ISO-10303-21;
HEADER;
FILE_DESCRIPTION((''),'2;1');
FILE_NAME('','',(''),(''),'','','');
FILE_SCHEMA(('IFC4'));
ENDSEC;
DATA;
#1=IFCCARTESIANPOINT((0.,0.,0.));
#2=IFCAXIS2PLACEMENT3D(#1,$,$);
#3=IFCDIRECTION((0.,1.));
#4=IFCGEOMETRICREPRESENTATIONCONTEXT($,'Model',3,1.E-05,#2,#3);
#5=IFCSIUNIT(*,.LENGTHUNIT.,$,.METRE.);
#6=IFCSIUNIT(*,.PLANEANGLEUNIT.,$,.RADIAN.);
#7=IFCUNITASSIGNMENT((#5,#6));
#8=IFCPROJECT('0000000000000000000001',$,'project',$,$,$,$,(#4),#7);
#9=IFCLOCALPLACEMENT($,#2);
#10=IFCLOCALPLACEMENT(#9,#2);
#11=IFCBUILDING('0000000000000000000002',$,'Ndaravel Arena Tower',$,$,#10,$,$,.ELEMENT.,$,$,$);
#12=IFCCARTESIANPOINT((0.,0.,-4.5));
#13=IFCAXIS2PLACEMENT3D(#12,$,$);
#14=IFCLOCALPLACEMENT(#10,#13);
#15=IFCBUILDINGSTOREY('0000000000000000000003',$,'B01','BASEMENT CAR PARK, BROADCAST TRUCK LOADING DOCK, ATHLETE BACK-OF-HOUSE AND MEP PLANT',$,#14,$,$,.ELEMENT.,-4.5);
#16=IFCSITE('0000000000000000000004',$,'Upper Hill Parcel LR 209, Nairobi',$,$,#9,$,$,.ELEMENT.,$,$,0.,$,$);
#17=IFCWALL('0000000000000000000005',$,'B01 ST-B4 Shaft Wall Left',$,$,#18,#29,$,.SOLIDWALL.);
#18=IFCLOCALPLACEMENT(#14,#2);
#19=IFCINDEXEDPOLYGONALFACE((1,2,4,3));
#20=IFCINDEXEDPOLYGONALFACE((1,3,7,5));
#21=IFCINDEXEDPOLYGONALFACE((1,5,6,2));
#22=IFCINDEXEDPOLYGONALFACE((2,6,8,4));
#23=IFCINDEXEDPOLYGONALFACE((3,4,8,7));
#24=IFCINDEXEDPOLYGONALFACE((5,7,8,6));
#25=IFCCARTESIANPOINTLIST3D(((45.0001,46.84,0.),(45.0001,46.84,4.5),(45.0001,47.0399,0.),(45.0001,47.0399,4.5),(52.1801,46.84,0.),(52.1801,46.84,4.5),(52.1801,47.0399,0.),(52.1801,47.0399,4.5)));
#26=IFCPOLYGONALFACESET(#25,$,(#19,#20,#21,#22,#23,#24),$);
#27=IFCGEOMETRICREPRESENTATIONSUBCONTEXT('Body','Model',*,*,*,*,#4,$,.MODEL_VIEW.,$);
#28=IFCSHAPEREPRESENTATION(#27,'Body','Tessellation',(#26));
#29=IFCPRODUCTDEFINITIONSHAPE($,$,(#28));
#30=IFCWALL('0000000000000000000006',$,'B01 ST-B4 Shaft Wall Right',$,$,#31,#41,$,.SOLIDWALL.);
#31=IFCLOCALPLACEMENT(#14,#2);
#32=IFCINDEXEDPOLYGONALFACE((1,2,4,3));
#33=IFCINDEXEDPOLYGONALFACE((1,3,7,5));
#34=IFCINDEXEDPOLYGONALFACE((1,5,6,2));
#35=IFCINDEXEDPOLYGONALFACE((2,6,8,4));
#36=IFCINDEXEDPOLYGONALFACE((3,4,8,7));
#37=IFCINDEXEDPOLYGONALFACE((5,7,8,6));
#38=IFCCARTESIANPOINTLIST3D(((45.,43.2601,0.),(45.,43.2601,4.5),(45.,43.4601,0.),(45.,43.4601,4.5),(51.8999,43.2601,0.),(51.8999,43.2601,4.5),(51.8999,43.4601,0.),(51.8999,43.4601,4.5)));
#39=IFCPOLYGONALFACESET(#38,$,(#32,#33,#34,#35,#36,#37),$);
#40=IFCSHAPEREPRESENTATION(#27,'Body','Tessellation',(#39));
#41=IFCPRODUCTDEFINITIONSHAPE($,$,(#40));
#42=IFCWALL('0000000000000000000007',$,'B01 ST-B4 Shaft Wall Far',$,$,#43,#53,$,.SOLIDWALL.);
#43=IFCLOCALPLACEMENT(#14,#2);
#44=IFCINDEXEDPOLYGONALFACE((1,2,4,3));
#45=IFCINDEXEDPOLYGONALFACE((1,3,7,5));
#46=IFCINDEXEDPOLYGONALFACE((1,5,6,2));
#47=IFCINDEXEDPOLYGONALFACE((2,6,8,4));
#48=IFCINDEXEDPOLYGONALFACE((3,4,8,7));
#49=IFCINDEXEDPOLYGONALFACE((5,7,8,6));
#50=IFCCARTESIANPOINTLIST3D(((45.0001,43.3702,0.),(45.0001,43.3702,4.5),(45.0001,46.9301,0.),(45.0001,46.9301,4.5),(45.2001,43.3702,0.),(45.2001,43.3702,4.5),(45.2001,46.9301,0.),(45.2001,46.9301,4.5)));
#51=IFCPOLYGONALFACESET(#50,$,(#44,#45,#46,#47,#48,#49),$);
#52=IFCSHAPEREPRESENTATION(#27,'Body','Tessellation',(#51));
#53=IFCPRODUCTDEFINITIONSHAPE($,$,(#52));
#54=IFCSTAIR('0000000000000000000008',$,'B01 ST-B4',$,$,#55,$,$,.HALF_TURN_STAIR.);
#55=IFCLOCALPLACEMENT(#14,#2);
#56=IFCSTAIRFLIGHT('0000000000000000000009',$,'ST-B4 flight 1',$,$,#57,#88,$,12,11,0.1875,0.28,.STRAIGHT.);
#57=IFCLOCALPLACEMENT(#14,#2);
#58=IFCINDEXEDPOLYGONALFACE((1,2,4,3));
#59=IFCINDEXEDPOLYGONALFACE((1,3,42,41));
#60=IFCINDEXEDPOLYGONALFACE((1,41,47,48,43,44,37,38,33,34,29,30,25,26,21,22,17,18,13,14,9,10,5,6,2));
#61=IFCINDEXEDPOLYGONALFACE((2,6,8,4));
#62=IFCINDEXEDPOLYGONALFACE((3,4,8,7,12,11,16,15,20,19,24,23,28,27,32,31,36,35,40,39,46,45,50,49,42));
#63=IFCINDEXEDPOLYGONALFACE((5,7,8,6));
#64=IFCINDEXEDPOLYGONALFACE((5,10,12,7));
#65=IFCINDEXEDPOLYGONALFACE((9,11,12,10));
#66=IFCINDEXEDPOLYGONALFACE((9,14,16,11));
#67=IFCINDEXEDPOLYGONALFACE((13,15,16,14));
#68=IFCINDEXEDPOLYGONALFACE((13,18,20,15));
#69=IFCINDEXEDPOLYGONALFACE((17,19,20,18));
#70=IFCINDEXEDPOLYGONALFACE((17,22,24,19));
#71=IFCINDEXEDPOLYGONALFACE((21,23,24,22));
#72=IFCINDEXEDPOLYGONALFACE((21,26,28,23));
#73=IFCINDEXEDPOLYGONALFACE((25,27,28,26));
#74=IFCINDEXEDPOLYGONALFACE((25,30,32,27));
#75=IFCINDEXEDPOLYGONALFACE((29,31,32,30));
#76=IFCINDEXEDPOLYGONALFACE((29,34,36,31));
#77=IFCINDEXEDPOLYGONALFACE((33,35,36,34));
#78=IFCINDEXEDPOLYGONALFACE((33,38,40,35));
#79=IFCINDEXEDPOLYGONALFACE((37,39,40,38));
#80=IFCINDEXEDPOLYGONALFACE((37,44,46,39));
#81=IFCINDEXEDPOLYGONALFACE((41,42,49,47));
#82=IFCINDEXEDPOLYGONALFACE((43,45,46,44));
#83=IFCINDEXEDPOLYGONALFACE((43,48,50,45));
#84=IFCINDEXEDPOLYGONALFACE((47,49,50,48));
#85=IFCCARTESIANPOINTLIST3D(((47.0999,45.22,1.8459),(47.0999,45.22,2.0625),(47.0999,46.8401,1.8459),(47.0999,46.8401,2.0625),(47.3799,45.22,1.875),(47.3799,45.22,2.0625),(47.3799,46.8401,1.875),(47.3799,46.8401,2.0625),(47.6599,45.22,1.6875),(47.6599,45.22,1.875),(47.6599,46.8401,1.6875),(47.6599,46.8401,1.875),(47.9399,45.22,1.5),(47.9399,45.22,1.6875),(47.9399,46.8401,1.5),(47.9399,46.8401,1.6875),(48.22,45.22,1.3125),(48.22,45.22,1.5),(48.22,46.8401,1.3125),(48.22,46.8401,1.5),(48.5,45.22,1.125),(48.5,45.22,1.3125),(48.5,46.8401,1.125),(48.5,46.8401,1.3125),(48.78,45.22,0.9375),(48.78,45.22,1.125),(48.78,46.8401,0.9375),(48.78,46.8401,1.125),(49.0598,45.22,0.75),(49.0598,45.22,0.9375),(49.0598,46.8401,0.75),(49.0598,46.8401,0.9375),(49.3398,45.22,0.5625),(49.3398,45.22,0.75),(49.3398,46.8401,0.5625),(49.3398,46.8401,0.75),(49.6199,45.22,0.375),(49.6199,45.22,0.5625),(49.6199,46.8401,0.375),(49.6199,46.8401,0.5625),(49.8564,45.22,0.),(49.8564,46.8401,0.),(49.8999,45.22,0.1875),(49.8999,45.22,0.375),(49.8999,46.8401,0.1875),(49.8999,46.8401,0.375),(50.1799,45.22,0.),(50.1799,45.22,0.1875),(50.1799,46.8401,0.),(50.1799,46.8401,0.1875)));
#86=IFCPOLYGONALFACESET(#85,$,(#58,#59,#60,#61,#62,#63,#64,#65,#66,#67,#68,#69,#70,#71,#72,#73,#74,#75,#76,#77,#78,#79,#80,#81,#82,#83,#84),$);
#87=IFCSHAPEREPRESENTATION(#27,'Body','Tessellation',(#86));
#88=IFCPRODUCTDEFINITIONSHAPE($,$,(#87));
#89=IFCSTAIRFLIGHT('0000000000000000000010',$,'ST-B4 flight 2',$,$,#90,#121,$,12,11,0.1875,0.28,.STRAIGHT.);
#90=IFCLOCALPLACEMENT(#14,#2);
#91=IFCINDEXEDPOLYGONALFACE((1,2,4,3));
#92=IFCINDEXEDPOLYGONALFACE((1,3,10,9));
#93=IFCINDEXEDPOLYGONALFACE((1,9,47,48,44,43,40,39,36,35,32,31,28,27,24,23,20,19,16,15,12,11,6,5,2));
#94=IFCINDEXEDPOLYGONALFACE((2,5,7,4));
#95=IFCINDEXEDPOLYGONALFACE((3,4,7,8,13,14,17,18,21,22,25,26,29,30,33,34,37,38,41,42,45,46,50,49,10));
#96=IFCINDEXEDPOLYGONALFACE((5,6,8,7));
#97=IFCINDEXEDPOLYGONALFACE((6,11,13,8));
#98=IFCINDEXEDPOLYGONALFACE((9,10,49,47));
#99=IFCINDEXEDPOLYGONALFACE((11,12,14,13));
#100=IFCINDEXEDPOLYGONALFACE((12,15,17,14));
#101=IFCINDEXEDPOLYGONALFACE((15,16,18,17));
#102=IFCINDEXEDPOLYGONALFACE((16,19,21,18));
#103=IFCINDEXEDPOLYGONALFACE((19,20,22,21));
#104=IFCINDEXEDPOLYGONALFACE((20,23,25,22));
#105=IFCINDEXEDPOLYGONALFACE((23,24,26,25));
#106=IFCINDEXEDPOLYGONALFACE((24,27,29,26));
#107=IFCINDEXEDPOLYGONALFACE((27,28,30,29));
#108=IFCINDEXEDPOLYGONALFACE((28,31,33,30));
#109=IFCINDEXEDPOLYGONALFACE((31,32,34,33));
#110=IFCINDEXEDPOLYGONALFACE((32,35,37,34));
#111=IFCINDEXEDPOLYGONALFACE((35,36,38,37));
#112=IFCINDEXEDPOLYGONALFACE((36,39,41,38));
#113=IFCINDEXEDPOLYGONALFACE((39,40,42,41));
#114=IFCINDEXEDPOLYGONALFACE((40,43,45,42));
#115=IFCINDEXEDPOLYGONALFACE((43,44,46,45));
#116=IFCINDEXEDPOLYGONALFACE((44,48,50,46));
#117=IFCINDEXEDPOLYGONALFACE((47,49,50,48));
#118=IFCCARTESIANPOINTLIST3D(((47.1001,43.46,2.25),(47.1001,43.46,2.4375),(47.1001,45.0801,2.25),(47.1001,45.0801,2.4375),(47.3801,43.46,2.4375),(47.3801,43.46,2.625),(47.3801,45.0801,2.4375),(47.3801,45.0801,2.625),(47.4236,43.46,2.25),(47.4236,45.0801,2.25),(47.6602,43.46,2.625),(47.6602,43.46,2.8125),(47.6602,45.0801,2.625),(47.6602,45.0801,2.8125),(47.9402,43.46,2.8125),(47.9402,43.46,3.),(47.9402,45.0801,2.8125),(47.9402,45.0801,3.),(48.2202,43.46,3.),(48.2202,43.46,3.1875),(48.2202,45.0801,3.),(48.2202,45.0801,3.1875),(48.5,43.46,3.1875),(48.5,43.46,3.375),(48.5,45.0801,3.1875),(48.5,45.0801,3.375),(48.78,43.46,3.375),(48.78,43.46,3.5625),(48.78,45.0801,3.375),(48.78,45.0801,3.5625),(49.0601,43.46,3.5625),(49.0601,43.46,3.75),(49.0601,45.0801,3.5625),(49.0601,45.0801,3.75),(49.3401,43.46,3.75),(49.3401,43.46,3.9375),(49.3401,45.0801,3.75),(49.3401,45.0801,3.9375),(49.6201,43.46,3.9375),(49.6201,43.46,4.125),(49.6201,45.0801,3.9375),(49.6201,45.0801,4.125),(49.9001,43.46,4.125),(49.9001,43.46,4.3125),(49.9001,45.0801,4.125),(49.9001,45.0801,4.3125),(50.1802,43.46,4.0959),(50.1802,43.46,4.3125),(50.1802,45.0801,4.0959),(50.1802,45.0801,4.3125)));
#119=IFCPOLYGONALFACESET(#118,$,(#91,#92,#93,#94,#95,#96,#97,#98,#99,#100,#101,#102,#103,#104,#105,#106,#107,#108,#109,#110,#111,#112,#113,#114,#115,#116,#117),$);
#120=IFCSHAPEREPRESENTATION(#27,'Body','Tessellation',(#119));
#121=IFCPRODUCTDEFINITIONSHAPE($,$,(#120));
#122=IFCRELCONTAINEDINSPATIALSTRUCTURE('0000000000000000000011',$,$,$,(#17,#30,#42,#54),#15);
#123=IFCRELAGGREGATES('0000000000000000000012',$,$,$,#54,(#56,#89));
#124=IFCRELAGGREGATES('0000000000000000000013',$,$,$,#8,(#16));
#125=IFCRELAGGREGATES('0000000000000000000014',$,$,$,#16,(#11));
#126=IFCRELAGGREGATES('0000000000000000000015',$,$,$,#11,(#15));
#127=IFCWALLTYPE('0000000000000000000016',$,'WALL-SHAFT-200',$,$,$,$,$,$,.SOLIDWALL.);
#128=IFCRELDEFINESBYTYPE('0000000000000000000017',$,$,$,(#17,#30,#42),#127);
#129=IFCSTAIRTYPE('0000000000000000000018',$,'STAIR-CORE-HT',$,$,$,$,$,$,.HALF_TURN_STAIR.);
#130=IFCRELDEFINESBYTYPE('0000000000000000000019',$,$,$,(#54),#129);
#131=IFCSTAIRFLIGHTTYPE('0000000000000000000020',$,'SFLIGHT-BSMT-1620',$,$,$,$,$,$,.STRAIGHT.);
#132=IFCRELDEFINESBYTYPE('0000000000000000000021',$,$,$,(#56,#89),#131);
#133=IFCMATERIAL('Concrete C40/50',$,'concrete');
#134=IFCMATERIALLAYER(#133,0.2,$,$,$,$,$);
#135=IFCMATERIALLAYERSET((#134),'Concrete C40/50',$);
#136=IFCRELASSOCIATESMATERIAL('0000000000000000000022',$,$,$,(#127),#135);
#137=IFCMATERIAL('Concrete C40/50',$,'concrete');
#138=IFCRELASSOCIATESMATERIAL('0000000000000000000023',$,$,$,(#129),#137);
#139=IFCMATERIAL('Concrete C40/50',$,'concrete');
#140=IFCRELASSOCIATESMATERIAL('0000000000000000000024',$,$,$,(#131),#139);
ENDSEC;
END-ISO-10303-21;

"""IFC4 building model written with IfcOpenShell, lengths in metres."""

from ifc_helpers import new_model, si_unit, direction, frame, frame_2d, origin, place, context, subcontext, project, spatial, polyline, rectangle, outline, extrude, material, layer, layer_set, type_object, element, aggregate, save


model = new_model("IFC4")

# Units and contexts
model_context = context("Model", 3, precision=1e-05, world=origin(), true_north=direction((0.0, 1.0)))
body_context = subcontext(model_context, "Body", "Model", "MODEL_VIEW")
ifc_project = project(units=[si_unit("LENGTHUNIT", "METRE"), si_unit("PLANEANGLEUNIT", "RADIAN")], contexts=[model_context])

# Site, building, storey
site_placement = place(None, origin())
site = spatial("IfcSite", under=ifc_project, at=site_placement, Name="Upper Hill Parcel LR 209, Nairobi", CompositionType="ELEMENT", RefElevation=0.0)
building_placement = place(site_placement, origin())
building = spatial("IfcBuilding", under=site, at=building_placement, Name="Ndaravel Arena Tower", CompositionType="ELEMENT")
storey_placement = place(building_placement, frame((0.0, 0.0, -4.5)))
storey = spatial("IfcBuildingStorey", under=building, at=storey_placement, Name="B01", Description="BASEMENT CAR PARK, BROADCAST TRUCK LOADING DOCK, ATHLETE BACK-OF-HOUSE AND MEP PLANT", CompositionType="ELEMENT", Elevation=-4.5)

# Walls
ifc_material_1 = material(Name="Concrete C40/50", Category="concrete")
ifc_layer_1 = layer(ifc_material_1, 0.2)
ifc_layer_set_1 = layer_set([ifc_layer_1], Name="Concrete C40/50")
wall_type_1 = type_object("IfcWallType", Name="WALL-SHAFT-200", PredefinedType="SOLIDWALL", material=ifc_layer_set_1)
wall_1_placement = place(storey_placement, frame((52.1799, 46.9399, 0.0), z_axis=(0.0, 0.0, 1.0), x_axis=(-1.0, 0.0, 0.0)))
element("IfcWall", 1, at=wall_1_placement, inside=storey, type_object=wall_type_1, Name="B01 ST-B4 Shaft Wall Left", PredefinedType="SOLIDWALL", context=body_context, shape_type="SweptSolid", body=[
    extrude(rectangle(XDim=7.1799, YDim=0.2, at=frame_2d((3.5898, 0.0))), origin(), (0.0, 0.0, 1.0), 4.5),
])
wall_2_placement = place(storey_placement, frame((51.8999, 43.3601, 0.0), z_axis=(0.0, 0.0, 1.0), x_axis=(-1.0, 0.0, 0.0)))
element("IfcWall", 2, at=wall_2_placement, inside=storey, type_object=wall_type_1, Name="B01 ST-B4 Shaft Wall Right", PredefinedType="SOLIDWALL", context=body_context, shape_type="SweptSolid", body=[
    extrude(rectangle(XDim=6.8999, YDim=0.2, at=frame_2d((3.45, 0.0))), origin(), (0.0, 0.0, 1.0), 4.5),
])
wall_3_placement = place(storey_placement, frame((45.1001, 46.9299, 0.0), z_axis=(0.0, 0.0, 1.0), x_axis=(0.0, -1.0, 0.0)))
element("IfcWall", 3, at=wall_3_placement, inside=storey, type_object=wall_type_1, Name="B01 ST-B4 Shaft Wall Far", PredefinedType="SOLIDWALL", context=body_context, shape_type="SweptSolid", body=[
    extrude(rectangle(XDim=3.5598, YDim=0.2, at=frame_2d((1.7798, 0.0))), origin(), (0.0, 0.0, 1.0), 4.5),
])

# Stair, stair flights
ifc_material_2 = material(Name="Concrete C40/50", Category="concrete")
stair_type = type_object("IfcStairType", Name="STAIR-CORE-HT", PredefinedType="HALF_TURN_STAIR", material=ifc_material_2)
stair_placement = place(storey_placement, origin())
stair = element("IfcStair", 4, at=stair_placement, inside=storey, type_object=stair_type, Name="B01 ST-B4", PredefinedType="HALF_TURN_STAIR")
ifc_material_3 = material(Name="Concrete C40/50", Category="concrete")
stair_flight_type = type_object("IfcStairFlightType", Name="SFLIGHT-BSMT-1620", PredefinedType="STRAIGHT", material=ifc_material_3)
stair_flight_1_placement = place(storey_placement, frame((50.1799, 46.03, 0.0), z_axis=(0.0, 0.0, 1.0), x_axis=(-1.0, 0.0, 0.0)))
stair_flight_1 = element("IfcStairFlight", 5, at=stair_flight_1_placement, type_object=stair_flight_type, Name="ST-B4 flight 1", NumberOfRisers=12, NumberOfTreads=11, PredefinedType="STRAIGHT", RiserHeight=0.1875, TreadLength=0.28, context=body_context, shape_type="SweptSolid", body=[
    extrude(outline(polyline([(0.0, 0.0), (0.0, 0.1875), (0.28, 0.1875), (0.28, 0.375), (0.5601, 0.375), (0.5601, 0.5625), (0.8401, 0.5625), (0.8401, 0.75), (1.1201, 0.75), (1.1201, 0.9375), (1.3999, 0.9375), (1.3999, 1.125), (1.6799, 1.125), (1.6799, 1.3125), (1.96, 1.3125), (1.96, 1.5), (2.24, 1.5), (2.24, 1.6875), (2.52, 1.6875), (2.52, 1.875), (2.8, 1.875), (2.8, 2.0625), (3.0801, 2.0625), (3.0801, 2.25), (3.0801, 1.8459), (0.3235, 0.0), (0.0, 0.0)])), frame((0.0, 0.8101, 0.0), z_axis=(0.0, -1.0, 0.0), x_axis=(1.0, 0.0, 0.0)), (0.0, 0.0, 1.0), 1.6201),
])
stair_flight_2_placement = place(storey_placement, frame((47.1001, 44.27, 2.25), z_axis=(0.0, 0.0, 1.0), x_axis=(1.0, 0.0, 0.0)))
stair_flight_2 = element("IfcStairFlight", 6, at=stair_flight_2_placement, type_object=stair_flight_type, Name="ST-B4 flight 2", NumberOfRisers=12, NumberOfTreads=11, PredefinedType="STRAIGHT", RiserHeight=0.1875, TreadLength=0.28, context=body_context, shape_type="SweptSolid", body=[
    extrude(outline(polyline([(0.0, 0.0), (0.0, 0.1875), (0.28, 0.1875), (0.28, 0.375), (0.5601, 0.375), (0.5601, 0.5625), (0.8401, 0.5625), (0.8401, 0.75), (1.1201, 0.75), (1.1201, 0.9375), (1.3999, 0.9375), (1.3999, 1.125), (1.6799, 1.125), (1.6799, 1.3125), (1.96, 1.3125), (1.96, 1.5), (2.24, 1.5), (2.24, 1.6875), (2.52, 1.6875), (2.52, 1.875), (2.8, 1.875), (2.8, 2.0625), (3.0801, 2.0625), (3.0801, 2.25), (3.0801, 1.8459), (0.3235, 0.0), (0.0, 0.0)])), frame((0.0, 0.8101, 0.0), z_axis=(0.0, -1.0, 0.0), x_axis=(1.0, 0.0, 0.0)), (0.0, 0.0, 1.0), 1.6201),
])
aggregate(stair, [stair_flight_1, stair_flight_2])

save(model, "model.ifc")
